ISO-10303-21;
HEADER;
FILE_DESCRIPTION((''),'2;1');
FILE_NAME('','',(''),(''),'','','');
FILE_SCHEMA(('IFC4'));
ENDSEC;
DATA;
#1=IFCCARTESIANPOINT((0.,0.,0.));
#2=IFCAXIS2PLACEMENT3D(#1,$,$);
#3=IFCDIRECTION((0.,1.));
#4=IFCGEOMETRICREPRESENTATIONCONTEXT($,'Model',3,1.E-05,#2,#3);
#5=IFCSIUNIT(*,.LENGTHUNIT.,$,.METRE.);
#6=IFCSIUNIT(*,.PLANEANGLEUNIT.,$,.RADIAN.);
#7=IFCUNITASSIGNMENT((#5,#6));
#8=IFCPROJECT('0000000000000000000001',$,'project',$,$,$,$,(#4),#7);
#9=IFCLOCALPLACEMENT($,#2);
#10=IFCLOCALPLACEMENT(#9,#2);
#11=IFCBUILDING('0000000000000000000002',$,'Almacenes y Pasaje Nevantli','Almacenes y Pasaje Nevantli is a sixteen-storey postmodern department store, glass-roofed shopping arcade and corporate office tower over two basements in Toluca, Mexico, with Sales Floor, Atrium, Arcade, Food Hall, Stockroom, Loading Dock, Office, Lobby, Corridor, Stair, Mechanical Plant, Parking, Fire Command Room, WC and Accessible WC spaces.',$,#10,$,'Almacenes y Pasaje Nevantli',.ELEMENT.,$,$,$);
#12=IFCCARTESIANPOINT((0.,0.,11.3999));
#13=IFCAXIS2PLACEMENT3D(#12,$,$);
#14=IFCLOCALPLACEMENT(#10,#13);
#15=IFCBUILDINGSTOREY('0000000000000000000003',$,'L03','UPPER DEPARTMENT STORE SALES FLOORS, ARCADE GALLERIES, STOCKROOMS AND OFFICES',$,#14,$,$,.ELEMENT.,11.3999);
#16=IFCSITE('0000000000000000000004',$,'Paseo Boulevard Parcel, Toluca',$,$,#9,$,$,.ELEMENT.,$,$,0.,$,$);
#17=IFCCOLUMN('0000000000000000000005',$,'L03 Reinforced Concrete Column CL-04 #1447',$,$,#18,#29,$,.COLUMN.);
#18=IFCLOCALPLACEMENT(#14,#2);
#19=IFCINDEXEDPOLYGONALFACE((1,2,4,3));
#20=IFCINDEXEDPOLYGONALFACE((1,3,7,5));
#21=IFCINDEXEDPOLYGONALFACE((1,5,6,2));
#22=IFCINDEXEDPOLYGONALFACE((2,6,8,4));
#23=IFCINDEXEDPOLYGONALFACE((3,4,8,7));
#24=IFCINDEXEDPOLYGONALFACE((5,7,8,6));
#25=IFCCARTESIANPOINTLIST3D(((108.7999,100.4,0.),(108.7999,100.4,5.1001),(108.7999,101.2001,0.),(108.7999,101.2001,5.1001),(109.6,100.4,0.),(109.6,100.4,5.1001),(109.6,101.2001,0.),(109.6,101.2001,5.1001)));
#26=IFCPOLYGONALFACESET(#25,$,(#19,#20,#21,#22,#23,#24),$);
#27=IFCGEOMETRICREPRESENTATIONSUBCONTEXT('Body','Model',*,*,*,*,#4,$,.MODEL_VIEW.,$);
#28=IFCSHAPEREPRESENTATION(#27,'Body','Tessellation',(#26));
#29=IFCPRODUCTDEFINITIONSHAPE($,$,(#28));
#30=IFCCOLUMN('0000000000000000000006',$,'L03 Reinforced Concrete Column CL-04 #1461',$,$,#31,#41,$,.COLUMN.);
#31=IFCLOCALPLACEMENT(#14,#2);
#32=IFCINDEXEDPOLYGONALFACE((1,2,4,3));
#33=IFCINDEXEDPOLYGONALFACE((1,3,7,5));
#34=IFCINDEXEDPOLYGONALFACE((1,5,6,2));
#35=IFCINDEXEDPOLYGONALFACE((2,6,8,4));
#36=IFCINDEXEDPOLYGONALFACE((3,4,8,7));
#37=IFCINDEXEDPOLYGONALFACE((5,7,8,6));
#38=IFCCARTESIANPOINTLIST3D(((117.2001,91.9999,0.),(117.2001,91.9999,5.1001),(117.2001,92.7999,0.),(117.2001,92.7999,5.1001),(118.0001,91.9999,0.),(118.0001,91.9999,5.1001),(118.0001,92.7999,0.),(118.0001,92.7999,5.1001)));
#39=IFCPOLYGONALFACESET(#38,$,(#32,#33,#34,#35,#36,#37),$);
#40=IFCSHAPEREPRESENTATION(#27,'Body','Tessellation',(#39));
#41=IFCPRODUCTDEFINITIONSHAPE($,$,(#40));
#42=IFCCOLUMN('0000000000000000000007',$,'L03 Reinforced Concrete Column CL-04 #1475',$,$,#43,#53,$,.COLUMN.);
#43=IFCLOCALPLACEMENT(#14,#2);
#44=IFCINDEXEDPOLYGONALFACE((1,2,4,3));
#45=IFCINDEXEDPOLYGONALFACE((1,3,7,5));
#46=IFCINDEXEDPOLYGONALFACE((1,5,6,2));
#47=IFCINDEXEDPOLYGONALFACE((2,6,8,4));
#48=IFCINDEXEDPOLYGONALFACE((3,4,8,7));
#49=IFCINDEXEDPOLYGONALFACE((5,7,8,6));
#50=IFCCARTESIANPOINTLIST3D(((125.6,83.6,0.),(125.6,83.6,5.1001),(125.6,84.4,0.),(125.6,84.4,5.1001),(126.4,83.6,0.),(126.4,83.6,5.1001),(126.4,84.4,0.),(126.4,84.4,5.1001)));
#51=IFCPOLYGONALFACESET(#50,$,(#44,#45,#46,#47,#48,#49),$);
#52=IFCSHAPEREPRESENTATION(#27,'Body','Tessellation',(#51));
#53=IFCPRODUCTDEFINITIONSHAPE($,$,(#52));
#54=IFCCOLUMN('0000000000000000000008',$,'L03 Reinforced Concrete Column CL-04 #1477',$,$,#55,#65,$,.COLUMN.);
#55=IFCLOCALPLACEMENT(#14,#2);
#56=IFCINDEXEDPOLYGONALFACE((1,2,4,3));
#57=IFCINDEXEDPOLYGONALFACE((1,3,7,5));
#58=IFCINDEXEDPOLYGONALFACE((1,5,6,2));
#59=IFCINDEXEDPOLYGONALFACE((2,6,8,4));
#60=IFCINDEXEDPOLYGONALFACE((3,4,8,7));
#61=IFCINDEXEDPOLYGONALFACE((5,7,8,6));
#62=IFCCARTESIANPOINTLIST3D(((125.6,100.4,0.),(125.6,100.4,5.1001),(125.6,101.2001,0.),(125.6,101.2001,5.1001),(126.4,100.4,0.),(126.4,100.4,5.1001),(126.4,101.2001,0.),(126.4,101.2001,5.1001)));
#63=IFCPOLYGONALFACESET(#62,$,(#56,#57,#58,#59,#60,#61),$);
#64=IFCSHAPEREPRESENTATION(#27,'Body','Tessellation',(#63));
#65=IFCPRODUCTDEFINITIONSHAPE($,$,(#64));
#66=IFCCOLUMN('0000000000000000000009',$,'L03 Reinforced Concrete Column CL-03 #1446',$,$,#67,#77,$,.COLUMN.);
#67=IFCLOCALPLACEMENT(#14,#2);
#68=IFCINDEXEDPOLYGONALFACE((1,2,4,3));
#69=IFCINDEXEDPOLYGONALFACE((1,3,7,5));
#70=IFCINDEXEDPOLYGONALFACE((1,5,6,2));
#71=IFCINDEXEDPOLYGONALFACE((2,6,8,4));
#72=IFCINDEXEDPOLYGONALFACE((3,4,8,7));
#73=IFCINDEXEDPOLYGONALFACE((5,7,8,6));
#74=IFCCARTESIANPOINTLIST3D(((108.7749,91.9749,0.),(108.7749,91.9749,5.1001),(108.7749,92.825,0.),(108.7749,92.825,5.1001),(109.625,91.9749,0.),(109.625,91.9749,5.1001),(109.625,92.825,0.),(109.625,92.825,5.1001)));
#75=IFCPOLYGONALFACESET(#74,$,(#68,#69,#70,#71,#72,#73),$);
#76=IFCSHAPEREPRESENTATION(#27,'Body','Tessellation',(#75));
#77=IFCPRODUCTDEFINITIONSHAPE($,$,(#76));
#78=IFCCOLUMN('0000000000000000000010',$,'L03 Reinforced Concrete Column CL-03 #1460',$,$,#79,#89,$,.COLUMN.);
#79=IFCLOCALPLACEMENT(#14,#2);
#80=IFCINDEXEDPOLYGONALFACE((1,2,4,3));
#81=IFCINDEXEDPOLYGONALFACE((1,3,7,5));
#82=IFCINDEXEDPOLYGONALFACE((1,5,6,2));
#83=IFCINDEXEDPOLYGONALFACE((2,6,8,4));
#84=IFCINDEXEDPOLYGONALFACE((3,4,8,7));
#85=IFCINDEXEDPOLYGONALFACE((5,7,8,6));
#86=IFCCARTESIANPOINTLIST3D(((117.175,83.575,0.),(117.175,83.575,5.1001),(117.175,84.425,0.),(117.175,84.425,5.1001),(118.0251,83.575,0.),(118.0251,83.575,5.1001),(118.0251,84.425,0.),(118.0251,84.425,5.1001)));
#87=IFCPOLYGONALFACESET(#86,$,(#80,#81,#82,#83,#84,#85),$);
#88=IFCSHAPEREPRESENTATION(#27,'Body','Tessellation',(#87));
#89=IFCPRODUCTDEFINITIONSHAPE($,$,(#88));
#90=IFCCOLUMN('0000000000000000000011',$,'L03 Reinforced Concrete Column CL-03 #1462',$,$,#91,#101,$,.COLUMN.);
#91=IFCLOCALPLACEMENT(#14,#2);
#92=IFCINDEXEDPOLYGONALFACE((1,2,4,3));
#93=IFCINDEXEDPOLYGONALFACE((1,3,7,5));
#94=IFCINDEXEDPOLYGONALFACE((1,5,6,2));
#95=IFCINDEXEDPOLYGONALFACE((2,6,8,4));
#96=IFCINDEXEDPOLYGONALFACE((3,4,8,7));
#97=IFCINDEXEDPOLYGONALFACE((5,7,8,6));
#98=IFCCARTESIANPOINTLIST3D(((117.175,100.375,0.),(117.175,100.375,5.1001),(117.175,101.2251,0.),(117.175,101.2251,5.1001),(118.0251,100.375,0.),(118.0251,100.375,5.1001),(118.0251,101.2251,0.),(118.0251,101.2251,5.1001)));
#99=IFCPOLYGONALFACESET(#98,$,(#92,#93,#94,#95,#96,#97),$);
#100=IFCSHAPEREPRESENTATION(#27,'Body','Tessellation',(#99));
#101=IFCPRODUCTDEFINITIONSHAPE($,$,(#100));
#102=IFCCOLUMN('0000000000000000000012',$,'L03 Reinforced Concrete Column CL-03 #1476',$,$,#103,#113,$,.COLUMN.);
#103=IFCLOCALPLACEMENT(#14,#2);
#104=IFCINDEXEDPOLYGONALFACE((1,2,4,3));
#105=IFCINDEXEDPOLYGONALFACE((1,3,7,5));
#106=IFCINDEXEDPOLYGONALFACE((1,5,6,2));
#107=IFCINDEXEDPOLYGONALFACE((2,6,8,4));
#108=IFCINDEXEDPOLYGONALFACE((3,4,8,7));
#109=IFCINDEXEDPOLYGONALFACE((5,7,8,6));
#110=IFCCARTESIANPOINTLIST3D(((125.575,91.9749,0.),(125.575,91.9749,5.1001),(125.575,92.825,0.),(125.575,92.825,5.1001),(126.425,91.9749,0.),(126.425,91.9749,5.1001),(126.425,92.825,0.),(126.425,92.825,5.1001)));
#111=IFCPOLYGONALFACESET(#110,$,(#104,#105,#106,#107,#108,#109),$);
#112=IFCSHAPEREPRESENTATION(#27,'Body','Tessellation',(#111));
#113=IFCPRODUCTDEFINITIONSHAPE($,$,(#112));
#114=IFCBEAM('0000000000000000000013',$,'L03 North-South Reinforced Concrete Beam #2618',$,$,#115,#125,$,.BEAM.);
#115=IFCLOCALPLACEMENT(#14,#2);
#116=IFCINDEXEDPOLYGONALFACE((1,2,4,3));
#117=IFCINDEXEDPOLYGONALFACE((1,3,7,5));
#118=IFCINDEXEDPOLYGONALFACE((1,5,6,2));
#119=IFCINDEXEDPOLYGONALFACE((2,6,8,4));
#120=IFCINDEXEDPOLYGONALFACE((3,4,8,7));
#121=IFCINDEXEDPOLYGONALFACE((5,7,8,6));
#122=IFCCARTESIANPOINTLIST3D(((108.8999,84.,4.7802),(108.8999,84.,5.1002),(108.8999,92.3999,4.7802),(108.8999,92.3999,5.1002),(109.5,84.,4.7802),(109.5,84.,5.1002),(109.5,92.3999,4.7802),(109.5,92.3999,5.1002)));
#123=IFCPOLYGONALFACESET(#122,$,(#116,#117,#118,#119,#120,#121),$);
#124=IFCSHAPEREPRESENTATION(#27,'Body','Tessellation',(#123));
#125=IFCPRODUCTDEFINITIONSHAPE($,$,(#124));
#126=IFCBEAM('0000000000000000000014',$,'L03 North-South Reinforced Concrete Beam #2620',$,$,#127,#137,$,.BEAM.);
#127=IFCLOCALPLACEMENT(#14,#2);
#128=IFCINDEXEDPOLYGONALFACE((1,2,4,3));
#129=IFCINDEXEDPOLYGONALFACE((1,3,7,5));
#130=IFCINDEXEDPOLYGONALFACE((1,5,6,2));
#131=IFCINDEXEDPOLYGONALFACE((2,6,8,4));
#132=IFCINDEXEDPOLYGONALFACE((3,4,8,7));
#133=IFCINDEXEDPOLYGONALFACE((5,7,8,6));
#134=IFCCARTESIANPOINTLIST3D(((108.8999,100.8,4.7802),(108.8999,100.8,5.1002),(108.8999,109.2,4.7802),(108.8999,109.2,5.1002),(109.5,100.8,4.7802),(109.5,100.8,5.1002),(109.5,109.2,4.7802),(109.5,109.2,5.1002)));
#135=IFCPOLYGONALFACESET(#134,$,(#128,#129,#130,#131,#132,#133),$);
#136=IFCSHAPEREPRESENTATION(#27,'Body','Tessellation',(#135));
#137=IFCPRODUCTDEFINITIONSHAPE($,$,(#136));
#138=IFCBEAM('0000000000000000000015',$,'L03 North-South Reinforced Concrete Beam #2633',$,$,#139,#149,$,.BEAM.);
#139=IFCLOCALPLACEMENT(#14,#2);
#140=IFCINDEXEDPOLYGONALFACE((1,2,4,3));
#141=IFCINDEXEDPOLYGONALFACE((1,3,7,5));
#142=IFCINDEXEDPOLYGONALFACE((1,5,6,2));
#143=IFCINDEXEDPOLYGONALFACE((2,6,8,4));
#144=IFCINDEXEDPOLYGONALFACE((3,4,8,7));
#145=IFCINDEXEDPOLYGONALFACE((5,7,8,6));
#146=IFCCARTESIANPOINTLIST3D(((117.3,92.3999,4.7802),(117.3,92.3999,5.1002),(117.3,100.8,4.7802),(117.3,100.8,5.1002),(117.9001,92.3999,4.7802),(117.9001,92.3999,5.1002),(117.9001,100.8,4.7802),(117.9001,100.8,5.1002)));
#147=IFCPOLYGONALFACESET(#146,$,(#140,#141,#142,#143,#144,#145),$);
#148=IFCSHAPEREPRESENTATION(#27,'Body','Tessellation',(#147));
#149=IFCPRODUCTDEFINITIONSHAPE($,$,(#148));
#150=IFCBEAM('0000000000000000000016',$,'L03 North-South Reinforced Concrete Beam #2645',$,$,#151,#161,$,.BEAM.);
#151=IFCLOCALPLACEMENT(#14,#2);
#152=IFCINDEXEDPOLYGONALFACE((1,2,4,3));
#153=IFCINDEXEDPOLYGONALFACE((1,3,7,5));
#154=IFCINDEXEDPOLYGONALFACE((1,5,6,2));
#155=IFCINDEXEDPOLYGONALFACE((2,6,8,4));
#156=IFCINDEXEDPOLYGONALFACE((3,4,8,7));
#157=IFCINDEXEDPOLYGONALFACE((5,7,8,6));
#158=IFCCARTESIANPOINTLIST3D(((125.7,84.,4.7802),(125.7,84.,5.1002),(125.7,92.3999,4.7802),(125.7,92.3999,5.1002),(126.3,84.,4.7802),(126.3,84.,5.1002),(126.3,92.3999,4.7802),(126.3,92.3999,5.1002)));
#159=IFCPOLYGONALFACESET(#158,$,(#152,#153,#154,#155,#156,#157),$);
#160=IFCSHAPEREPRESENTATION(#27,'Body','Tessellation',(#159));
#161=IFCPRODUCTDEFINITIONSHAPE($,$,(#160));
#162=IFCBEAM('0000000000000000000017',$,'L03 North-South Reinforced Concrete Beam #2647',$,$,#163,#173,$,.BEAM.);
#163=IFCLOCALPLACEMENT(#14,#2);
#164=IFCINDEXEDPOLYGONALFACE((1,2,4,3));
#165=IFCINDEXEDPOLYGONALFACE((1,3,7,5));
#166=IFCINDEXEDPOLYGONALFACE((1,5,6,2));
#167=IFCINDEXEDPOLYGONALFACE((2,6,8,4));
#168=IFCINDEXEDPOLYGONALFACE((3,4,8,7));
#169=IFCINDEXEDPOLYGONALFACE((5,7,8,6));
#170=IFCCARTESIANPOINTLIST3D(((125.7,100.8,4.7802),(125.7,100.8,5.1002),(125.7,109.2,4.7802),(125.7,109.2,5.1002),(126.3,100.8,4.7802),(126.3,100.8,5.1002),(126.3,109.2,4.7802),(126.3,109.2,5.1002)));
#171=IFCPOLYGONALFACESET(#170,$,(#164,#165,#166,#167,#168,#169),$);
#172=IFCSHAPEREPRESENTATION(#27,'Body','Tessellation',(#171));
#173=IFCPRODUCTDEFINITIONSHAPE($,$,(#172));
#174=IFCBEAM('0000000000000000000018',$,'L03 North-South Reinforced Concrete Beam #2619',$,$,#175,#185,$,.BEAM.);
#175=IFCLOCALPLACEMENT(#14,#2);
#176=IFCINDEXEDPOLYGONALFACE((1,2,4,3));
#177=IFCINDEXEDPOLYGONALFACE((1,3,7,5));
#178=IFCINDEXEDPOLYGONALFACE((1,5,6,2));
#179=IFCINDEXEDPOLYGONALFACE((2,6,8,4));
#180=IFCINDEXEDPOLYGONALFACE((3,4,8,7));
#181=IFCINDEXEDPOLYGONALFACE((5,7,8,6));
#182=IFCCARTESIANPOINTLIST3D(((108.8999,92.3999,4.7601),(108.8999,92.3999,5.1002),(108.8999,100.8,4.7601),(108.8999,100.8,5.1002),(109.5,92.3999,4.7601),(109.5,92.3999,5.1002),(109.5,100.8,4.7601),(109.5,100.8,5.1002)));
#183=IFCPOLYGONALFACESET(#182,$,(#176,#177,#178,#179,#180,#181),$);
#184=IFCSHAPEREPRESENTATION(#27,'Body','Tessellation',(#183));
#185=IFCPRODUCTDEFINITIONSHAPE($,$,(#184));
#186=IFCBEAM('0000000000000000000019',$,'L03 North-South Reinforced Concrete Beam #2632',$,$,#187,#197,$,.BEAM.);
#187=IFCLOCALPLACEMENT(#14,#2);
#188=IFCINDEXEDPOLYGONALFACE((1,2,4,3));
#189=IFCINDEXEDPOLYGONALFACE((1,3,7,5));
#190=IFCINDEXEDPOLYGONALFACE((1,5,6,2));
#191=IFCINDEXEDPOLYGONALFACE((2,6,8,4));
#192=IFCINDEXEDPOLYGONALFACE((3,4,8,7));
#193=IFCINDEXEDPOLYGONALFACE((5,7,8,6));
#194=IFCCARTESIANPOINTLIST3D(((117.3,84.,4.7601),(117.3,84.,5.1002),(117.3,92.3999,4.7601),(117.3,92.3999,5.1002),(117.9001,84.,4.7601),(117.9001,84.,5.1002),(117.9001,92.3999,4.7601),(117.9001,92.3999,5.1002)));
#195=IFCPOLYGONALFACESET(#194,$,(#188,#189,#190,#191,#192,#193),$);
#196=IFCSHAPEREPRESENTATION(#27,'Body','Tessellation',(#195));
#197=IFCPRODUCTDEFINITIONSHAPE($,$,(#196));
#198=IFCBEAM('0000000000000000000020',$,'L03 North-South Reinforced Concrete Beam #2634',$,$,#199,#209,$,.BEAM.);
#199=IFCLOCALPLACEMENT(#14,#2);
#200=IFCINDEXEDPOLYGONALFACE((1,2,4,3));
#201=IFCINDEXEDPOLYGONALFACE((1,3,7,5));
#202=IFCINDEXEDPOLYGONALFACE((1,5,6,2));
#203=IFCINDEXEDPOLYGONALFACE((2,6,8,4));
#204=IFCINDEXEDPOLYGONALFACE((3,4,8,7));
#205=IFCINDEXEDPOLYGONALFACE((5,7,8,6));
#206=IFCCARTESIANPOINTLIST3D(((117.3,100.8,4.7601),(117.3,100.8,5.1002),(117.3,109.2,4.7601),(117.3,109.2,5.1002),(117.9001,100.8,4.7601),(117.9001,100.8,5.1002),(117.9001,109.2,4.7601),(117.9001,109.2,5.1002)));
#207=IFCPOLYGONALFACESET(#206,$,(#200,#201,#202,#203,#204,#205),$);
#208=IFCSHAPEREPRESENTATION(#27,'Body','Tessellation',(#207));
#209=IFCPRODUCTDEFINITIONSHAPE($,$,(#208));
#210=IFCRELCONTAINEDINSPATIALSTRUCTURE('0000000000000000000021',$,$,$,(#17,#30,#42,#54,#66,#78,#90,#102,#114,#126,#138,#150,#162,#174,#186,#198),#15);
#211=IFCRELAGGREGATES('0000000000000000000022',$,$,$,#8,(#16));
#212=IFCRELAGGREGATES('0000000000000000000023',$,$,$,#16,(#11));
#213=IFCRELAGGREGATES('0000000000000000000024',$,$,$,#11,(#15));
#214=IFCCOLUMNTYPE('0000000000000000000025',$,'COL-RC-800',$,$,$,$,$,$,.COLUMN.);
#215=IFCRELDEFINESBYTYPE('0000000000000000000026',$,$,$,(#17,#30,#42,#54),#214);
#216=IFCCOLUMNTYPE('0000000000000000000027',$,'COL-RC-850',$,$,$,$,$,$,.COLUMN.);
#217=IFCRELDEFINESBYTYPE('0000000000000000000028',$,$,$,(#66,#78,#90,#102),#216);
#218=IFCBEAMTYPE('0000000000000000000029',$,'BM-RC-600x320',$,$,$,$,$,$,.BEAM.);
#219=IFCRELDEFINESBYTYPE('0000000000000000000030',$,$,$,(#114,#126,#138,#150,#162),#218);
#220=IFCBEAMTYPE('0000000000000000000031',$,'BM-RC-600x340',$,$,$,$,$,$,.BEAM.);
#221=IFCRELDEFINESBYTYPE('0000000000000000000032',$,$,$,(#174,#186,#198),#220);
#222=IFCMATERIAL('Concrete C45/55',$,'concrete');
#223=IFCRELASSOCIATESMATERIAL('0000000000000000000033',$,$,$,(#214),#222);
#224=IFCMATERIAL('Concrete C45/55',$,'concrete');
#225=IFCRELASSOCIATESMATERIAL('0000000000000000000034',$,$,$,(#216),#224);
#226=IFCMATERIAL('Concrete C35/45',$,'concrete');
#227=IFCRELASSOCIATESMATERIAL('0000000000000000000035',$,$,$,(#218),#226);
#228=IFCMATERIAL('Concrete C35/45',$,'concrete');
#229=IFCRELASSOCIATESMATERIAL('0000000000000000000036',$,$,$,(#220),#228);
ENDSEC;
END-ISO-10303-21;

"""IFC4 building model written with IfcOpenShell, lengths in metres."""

from ifc_helpers import new_model, si_unit, direction, frame, origin, origin_2d, place, context, subcontext, project, spatial, rectangle, extrude, material, material_profile, profile_set, type_object, element, save


model = new_model("IFC4")

# Units and contexts
model_context = context("Model", 3, precision=1e-05, world=origin(), true_north=direction((0.0, 1.0)))
body_context = subcontext(model_context, "Body", "Model", "MODEL_VIEW")
ifc_project = project(units=[si_unit("LENGTHUNIT", "METRE"), si_unit("PLANEANGLEUNIT", "RADIAN")], contexts=[model_context])

# Site, building, storey
site_placement = place(None, origin())
site = spatial("IfcSite", under=ifc_project, at=site_placement, Name="Paseo Boulevard Parcel, Toluca", CompositionType="ELEMENT", RefElevation=0.0)
building_placement = place(site_placement, origin())
building = spatial("IfcBuilding", under=site, at=building_placement, Name="Almacenes y Pasaje Nevantli", Description="Almacenes y Pasaje Nevantli is a sixteen-storey postmodern department store, glass-roofed shopping arcade and corporate office tower over two basements in Toluca, Mexico, with Sales Floor, Atrium, Arcade, Food Hall, Stockroom, Loading Dock, Office, Lobby, Corridor, Stair, Mechanical Plant, Parking, Fire Command Room, WC and Accessible WC spaces.", LongName="Almacenes y Pasaje Nevantli", CompositionType="ELEMENT")
storey_placement = place(building_placement, frame((0.0, 0.0, 11.3999)))
storey = spatial("IfcBuildingStorey", under=building, at=storey_placement, Name="L03", Description="UPPER DEPARTMENT STORE SALES FLOORS, ARCADE GALLERIES, STOCKROOMS AND OFFICES", CompositionType="ELEMENT", Elevation=11.3999)

# Columns
ifc_material_1 = material(Name="Concrete C45/55", Category="concrete")
ifc_material_profile_1 = material_profile(ifc_material_1, rectangle(XDim=0.8, YDim=0.8, at=origin_2d()), Name="RC-COL-800x800")
ifc_profile_set_1 = profile_set([ifc_material_profile_1], Name="Concrete C45/55")
column_type_1 = type_object("IfcColumnType", Name="COL-RC-800", PredefinedType="COLUMN", material=ifc_profile_set_1)
for number, where, z_axis, x_axis, name in (
    (1, (109.2, 100.8, 0.0), (0.0, 0.0, 1.0), (1.0, 0.0, 0.0), "L03 Reinforced Concrete Column CL-04 #1447"),
    (2, (117.6001, 92.3999, 0.0), (0.0, 0.0, 1.0), (1.0, 0.0, 0.0), "L03 Reinforced Concrete Column CL-04 #1461"),
    (3, (126.0, 84.0, 0.0), (0.0, 0.0, 1.0), (1.0, 0.0, 0.0), "L03 Reinforced Concrete Column CL-04 #1475"),
    (4, (126.0, 100.8, 0.0), (0.0, 0.0, 1.0), (1.0, 0.0, 0.0), "L03 Reinforced Concrete Column CL-04 #1477"),
):
    element("IfcColumn", number, at=place(storey_placement, frame(where, z_axis=z_axis, x_axis=x_axis)), inside=storey, type_object=column_type_1, Name=name, PredefinedType="COLUMN", context=body_context, shape_type="SweptSolid", body=[
        extrude(rectangle(XDim=0.8, YDim=0.8, at=origin_2d()), origin(), (0.0, 0.0, 1.0), 5.1001),
    ])
ifc_material_2 = material(Name="Concrete C45/55", Category="concrete")
ifc_material_profile_2 = material_profile(ifc_material_2, rectangle(XDim=0.8501, YDim=0.8501, at=origin_2d()), Name="RC-COL-850x850")
ifc_profile_set_2 = profile_set([ifc_material_profile_2], Name="Concrete C45/55")
column_type_2 = type_object("IfcColumnType", Name="COL-RC-850", PredefinedType="COLUMN", material=ifc_profile_set_2)
for number, where, z_axis, x_axis, name in (
    (5, (109.2, 92.3999, 0.0), (0.0, 0.0, 1.0), (1.0, 0.0, 0.0), "L03 Reinforced Concrete Column CL-03 #1446"),
    (6, (117.6001, 84.0, 0.0), (0.0, 0.0, 1.0), (1.0, 0.0, 0.0), "L03 Reinforced Concrete Column CL-03 #1460"),
    (7, (117.6001, 100.8, 0.0), (0.0, 0.0, 1.0), (1.0, 0.0, 0.0), "L03 Reinforced Concrete Column CL-03 #1462"),
    (8, (126.0, 92.3999, 0.0), (0.0, 0.0, 1.0), (1.0, 0.0, 0.0), "L03 Reinforced Concrete Column CL-03 #1476"),
):
    element("IfcColumn", number, at=place(storey_placement, frame(where, z_axis=z_axis, x_axis=x_axis)), inside=storey, type_object=column_type_2, Name=name, PredefinedType="COLUMN", context=body_context, shape_type="SweptSolid", body=[
        extrude(rectangle(XDim=0.8501, YDim=0.8501, at=origin_2d()), origin(), (0.0, 0.0, 1.0), 5.1001),
    ])

# Beams
ifc_material_3 = material(Name="Concrete C35/45", Category="concrete")
ifc_material_profile_3 = material_profile(ifc_material_3, rectangle(XDim=0.6001, YDim=0.3201, at=origin_2d()), Name="RC-BM-600x320")
ifc_profile_set_3 = profile_set([ifc_material_profile_3], Name="Concrete C35/45")
beam_type_1 = type_object("IfcBeamType", Name="BM-RC-600x320", PredefinedType="BEAM", material=ifc_profile_set_3)
for number, where, z_axis, x_axis, name in (
    (9, (109.2, 84.0, 4.9402), (0.0, 1.0, 0.0), (-1.0, 0.0, 0.0), "L03 North-South Reinforced Concrete Beam #2618"),
    (10, (109.2, 100.8, 4.9402), (0.0, 1.0, 0.0), (-1.0, 0.0, 0.0), "L03 North-South Reinforced Concrete Beam #2620"),
):
    element("IfcBeam", number, at=place(storey_placement, frame(where, z_axis=z_axis, x_axis=x_axis)), inside=storey, type_object=beam_type_1, Name=name, PredefinedType="BEAM", context=body_context, shape_type="SweptSolid", body=[
        extrude(rectangle(XDim=0.6001, YDim=0.3201, at=origin_2d()), origin(), (0.0, 0.0, 1.0), 8.3999),
    ])
beam_1_placement = place(storey_placement, frame((117.6001, 92.3999, 4.9402), z_axis=(0.0, 1.0, 0.0), x_axis=(-1.0, 0.0, 0.0)))
element("IfcBeam", 11, at=beam_1_placement, inside=storey, type_object=beam_type_1, Name="L03 North-South Reinforced Concrete Beam #2633", PredefinedType="BEAM", context=body_context, shape_type="SweptSolid", body=[
    extrude(rectangle(XDim=0.6001, YDim=0.3201, at=origin_2d()), origin(), (0.0, 0.0, 1.0), 8.4001),
])
for number, where, z_axis, x_axis, name in (
    (12, (126.0, 84.0, 4.9402), (0.0, 1.0, 0.0), (-1.0, 0.0, 0.0), "L03 North-South Reinforced Concrete Beam #2645"),
    (13, (126.0, 100.8, 4.9402), (0.0, 1.0, 0.0), (-1.0, 0.0, 0.0), "L03 North-South Reinforced Concrete Beam #2647"),
):
    element("IfcBeam", number, at=place(storey_placement, frame(where, z_axis=z_axis, x_axis=x_axis)), inside=storey, type_object=beam_type_1, Name=name, PredefinedType="BEAM", context=body_context, shape_type="SweptSolid", body=[
        extrude(rectangle(XDim=0.6001, YDim=0.3201, at=origin_2d()), origin(), (0.0, 0.0, 1.0), 8.3999),
    ])
ifc_material_4 = material(Name="Concrete C35/45", Category="concrete")
ifc_material_profile_4 = material_profile(ifc_material_4, rectangle(XDim=0.6001, YDim=0.3401, at=origin_2d()), Name="RC-BM-600x340")
ifc_profile_set_4 = profile_set([ifc_material_profile_4], Name="Concrete C35/45")
beam_type_2 = type_object("IfcBeamType", Name="BM-RC-600x340", PredefinedType="BEAM", material=ifc_profile_set_4)
beam_2_placement = place(storey_placement, frame((109.2, 92.3999, 4.9302), z_axis=(0.0, 1.0, 0.0), x_axis=(-1.0, 0.0, 0.0)))
element("IfcBeam", 14, at=beam_2_placement, inside=storey, type_object=beam_type_2, Name="L03 North-South Reinforced Concrete Beam #2619", PredefinedType="BEAM", context=body_context, shape_type="SweptSolid", body=[
    extrude(rectangle(XDim=0.6001, YDim=0.3401, at=origin_2d()), origin(), (0.0, 0.0, 1.0), 8.4001),
])
for number, where, z_axis, x_axis, name in (
    (15, (117.6001, 84.0, 4.9302), (0.0, 1.0, 0.0), (-1.0, 0.0, 0.0), "L03 North-South Reinforced Concrete Beam #2632"),
    (16, (117.6001, 100.8, 4.9302), (0.0, 1.0, 0.0), (-1.0, 0.0, 0.0), "L03 North-South Reinforced Concrete Beam #2634"),
):
    element("IfcBeam", number, at=place(storey_placement, frame(where, z_axis=z_axis, x_axis=x_axis)), inside=storey, type_object=beam_type_2, Name=name, PredefinedType="BEAM", context=body_context, shape_type="SweptSolid", body=[
        extrude(rectangle(XDim=0.6001, YDim=0.3401, at=origin_2d()), origin(), (0.0, 0.0, 1.0), 8.3999),
    ])

save(model, "model.ifc")
